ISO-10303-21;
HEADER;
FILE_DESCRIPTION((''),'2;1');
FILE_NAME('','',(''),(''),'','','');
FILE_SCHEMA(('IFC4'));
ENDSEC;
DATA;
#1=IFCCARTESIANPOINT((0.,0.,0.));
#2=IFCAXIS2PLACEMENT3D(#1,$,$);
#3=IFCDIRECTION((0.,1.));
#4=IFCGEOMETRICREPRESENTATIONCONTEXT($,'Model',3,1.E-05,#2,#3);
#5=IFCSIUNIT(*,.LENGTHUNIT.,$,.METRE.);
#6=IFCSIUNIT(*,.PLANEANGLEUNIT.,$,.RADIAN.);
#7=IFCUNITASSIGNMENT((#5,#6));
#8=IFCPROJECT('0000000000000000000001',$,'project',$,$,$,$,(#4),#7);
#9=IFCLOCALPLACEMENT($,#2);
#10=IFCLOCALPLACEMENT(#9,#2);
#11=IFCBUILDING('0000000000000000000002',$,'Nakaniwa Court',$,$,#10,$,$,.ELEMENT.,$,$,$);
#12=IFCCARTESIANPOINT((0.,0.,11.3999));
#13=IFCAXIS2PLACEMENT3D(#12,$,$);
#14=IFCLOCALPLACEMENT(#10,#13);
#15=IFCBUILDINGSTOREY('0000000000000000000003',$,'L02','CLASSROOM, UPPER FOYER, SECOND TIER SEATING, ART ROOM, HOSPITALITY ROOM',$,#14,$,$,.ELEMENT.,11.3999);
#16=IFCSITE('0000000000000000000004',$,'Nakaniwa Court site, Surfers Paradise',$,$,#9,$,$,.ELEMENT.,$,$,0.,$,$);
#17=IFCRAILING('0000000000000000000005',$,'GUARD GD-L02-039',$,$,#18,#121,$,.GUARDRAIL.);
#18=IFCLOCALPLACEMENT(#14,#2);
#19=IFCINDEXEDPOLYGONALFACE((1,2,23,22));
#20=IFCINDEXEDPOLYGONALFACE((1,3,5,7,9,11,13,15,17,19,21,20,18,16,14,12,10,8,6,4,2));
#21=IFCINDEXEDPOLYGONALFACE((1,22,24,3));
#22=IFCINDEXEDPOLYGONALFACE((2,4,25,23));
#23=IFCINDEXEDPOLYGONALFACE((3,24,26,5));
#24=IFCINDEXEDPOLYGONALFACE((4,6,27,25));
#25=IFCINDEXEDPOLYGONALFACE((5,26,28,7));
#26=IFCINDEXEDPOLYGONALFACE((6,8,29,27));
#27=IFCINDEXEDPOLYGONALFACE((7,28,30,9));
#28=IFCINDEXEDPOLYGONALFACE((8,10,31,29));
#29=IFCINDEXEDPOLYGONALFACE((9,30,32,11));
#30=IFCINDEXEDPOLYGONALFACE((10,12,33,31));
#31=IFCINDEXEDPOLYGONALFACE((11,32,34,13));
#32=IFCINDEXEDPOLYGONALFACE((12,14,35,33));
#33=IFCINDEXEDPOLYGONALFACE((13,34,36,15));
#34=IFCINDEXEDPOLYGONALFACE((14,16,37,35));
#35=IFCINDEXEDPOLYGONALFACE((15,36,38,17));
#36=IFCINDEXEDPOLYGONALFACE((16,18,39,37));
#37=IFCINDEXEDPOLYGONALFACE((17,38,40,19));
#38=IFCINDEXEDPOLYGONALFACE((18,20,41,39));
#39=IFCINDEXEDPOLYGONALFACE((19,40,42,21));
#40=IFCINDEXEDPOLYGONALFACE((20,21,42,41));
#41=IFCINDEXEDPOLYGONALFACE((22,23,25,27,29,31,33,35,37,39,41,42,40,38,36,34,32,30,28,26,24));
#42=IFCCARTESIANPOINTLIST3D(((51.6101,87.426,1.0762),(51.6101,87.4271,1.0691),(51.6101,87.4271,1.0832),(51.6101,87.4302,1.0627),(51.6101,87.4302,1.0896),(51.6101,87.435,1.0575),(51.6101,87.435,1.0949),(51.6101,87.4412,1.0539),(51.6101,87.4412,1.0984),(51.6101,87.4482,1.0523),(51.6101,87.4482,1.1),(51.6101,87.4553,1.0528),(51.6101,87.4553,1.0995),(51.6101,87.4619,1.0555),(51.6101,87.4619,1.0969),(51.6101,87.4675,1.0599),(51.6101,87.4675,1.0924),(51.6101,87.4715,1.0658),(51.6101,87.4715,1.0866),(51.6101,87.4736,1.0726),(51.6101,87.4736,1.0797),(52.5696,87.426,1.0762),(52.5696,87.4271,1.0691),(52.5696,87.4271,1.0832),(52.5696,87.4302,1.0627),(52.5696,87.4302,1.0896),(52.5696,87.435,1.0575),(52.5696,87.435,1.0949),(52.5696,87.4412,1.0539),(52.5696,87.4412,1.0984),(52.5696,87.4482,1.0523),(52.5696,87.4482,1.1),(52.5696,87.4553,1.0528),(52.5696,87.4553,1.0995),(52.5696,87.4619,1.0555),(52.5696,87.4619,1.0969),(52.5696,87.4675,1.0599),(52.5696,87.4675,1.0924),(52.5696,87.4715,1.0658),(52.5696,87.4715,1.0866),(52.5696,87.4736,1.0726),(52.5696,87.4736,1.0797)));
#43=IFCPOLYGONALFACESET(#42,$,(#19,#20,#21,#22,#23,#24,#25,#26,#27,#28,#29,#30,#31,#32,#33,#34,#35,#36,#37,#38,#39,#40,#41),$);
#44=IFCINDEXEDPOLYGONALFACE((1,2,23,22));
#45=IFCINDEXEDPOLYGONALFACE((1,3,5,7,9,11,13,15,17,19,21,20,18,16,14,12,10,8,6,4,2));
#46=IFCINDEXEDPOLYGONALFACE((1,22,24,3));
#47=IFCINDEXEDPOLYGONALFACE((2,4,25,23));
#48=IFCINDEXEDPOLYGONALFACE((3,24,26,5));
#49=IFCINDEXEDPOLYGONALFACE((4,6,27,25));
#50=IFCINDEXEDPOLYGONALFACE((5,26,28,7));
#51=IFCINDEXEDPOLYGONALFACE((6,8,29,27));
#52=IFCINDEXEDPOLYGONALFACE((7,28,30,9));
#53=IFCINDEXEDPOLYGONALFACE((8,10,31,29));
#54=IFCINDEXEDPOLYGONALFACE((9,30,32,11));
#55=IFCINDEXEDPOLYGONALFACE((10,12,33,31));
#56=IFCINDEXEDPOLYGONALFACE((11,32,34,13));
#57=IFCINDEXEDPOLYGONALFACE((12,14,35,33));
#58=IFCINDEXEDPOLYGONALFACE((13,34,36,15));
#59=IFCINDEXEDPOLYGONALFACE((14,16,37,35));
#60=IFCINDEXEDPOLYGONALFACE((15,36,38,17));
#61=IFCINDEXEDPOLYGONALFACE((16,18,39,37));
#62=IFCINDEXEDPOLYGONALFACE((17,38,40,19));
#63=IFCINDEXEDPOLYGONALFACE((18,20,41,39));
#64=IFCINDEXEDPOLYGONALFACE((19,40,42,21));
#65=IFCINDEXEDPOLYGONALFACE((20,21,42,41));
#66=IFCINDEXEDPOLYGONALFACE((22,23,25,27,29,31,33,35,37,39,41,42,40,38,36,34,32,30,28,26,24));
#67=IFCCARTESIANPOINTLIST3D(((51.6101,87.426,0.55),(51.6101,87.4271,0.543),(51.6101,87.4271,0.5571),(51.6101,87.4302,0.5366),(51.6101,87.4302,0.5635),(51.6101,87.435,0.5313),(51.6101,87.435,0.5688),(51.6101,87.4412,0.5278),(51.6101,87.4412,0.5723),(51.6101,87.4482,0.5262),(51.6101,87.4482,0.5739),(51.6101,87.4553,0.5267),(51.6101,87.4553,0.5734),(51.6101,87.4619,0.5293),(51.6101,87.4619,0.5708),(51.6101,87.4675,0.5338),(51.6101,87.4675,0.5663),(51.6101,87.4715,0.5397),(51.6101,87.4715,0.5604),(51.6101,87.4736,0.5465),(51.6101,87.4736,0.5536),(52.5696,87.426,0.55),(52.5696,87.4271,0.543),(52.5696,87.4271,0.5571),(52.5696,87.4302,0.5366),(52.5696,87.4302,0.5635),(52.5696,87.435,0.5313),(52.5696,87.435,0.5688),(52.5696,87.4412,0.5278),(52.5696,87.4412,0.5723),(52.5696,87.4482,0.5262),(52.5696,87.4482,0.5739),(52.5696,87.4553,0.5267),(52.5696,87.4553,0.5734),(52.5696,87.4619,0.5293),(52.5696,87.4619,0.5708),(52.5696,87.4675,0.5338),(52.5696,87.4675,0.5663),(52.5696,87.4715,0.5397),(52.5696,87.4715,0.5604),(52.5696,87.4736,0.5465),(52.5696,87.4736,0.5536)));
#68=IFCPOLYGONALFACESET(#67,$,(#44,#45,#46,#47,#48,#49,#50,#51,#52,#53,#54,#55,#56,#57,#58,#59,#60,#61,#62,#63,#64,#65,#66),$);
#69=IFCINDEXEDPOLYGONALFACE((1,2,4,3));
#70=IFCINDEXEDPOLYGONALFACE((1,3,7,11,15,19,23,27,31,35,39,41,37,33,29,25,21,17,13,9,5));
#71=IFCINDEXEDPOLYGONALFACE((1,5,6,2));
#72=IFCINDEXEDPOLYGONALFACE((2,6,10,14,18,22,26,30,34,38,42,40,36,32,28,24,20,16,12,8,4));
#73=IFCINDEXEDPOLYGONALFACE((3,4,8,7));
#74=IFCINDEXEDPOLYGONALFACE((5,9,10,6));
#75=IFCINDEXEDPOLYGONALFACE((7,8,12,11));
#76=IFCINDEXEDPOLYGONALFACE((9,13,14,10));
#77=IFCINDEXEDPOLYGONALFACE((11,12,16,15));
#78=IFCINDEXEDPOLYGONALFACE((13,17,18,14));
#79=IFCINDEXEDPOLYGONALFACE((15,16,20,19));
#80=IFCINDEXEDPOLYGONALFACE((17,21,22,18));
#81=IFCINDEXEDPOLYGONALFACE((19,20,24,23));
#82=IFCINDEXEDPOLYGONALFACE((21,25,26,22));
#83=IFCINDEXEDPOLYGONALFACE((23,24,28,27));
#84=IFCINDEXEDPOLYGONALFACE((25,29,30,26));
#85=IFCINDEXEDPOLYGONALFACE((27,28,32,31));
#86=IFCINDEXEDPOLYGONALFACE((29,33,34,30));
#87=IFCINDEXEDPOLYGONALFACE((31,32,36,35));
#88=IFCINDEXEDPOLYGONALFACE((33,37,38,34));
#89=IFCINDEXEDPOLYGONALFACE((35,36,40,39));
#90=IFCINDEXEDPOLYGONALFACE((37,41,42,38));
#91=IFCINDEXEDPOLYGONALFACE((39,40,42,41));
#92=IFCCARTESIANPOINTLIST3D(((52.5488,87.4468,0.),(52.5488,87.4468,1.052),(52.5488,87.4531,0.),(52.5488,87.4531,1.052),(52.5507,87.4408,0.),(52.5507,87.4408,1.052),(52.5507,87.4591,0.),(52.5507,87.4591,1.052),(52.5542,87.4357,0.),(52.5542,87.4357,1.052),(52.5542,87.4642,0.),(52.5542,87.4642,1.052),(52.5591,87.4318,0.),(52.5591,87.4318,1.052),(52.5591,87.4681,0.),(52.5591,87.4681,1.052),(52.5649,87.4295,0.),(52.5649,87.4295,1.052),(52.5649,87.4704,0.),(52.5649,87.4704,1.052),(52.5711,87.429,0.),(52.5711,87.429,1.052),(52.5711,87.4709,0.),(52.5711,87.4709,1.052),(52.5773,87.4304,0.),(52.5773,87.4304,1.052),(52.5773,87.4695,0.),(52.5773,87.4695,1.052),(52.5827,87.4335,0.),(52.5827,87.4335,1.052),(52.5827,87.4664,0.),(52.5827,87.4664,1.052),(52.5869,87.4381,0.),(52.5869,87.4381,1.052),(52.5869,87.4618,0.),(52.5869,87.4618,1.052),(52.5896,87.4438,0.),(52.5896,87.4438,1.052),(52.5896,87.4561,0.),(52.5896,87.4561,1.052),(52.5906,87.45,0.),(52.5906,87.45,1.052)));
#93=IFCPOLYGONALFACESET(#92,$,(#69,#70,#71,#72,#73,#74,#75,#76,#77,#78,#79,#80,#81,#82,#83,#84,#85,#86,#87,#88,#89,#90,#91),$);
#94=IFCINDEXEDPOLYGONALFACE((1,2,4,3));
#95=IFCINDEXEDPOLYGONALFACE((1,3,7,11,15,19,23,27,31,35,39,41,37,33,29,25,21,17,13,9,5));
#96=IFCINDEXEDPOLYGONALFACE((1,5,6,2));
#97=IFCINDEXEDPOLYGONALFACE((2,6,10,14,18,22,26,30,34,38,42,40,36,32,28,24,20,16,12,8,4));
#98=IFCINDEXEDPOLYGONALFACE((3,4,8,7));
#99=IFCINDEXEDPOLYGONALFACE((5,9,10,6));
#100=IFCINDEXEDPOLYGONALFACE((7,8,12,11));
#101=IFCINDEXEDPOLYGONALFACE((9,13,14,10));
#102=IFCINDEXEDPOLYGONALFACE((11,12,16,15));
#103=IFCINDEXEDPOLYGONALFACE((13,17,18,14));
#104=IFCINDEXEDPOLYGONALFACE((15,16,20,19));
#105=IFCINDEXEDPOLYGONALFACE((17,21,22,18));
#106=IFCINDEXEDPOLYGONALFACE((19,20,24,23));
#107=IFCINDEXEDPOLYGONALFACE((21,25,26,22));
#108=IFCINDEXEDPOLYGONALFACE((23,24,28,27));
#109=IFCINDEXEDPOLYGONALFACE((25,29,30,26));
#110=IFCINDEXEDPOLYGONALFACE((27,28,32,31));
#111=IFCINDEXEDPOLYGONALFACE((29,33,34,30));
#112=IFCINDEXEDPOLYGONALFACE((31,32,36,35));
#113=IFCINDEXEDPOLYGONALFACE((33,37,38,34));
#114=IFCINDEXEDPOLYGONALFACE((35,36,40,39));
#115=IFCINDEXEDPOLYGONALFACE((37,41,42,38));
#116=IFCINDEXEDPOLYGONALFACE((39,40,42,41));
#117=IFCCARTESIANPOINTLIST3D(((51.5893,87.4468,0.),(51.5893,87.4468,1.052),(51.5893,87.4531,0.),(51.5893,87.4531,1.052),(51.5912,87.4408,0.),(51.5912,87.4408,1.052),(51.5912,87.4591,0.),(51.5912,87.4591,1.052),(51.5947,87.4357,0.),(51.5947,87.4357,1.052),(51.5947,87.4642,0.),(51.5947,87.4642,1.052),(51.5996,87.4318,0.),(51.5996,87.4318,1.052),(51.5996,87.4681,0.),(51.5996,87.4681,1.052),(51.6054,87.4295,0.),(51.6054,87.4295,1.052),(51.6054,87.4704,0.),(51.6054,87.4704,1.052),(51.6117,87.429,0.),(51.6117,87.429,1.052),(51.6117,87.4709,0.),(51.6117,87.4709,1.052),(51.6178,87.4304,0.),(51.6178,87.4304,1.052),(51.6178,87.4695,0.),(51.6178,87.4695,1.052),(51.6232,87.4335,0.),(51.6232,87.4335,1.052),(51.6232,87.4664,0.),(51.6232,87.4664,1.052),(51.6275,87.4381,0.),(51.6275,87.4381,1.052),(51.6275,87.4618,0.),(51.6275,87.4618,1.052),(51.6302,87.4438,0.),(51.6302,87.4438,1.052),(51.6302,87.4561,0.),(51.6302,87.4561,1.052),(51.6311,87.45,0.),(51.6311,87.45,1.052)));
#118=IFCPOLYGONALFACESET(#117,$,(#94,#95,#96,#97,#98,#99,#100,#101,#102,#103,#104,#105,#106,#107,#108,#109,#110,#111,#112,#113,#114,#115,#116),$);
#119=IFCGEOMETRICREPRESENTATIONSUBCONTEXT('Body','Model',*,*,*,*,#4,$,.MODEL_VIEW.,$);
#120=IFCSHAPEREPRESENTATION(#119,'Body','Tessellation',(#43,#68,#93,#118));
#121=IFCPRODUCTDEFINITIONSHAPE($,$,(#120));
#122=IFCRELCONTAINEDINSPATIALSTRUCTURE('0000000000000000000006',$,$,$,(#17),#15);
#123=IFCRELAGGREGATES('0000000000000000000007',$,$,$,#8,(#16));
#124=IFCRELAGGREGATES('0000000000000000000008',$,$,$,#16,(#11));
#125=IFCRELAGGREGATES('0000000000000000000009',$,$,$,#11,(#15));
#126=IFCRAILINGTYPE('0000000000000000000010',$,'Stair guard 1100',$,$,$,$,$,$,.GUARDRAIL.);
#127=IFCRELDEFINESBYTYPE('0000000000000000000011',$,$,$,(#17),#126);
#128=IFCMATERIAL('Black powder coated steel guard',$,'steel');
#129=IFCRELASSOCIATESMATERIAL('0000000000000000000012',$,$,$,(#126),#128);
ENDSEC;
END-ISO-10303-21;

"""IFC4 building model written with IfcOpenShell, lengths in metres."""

from ifc_helpers import new_model, si_unit, direction, frame, origin, origin_2d, place, context, subcontext, project, spatial, circle, extrude, material, type_object, element, save


model = new_model("IFC4")

# Units and contexts
model_context = context("Model", 3, precision=1e-05, world=origin(), true_north=direction((0.0, 1.0)))
body_context = subcontext(model_context, "Body", "Model", "MODEL_VIEW")
ifc_project = project(units=[si_unit("LENGTHUNIT", "METRE"), si_unit("PLANEANGLEUNIT", "RADIAN")], contexts=[model_context])

# Site, building, storey
site_placement = place(None, origin())
site = spatial("IfcSite", under=ifc_project, at=site_placement, Name="Nakaniwa Court site, Surfers Paradise", CompositionType="ELEMENT", RefElevation=0.0)
building_placement = place(site_placement, origin())
building = spatial("IfcBuilding", under=site, at=building_placement, Name="Nakaniwa Court", CompositionType="ELEMENT")
storey_placement = place(building_placement, frame((0.0, 0.0, 11.3999)))
storey = spatial("IfcBuildingStorey", under=building, at=storey_placement, Name="L02", Description="CLASSROOM, UPPER FOYER, SECOND TIER SEATING, ART ROOM, HOSPITALITY ROOM", CompositionType="ELEMENT", Elevation=11.3999)

# Railing
ifc_material_1 = material(Name="Black powder coated steel guard", Category="steel")
railing_type_1 = type_object("IfcRailingType", Name="Stair guard 1100", PredefinedType="GUARDRAIL", material=ifc_material_1)
railing_1_placement = place(storey_placement, frame((52.5696, 87.45, 0.0)))
element("IfcRailing", 1, at=railing_1_placement, inside=storey, type_object=railing_type_1, Name="GUARD GD-L02-039", PredefinedType="GUARDRAIL", context=body_context, shape_type="SweptSolid", body=[
    extrude(circle(Radius=0.0239, at=origin_2d()), frame((0.0, 0.0, 1.0762), z_axis=(-1.0, 0.0, 0.0), x_axis=(0.0, -1.0, 0.0)), (0.0, 0.0, 1.0), 0.9595),
    extrude(circle(Radius=0.0239, at=origin_2d()), frame((0.0, 0.0, 0.55), z_axis=(-1.0, 0.0, 0.0), x_axis=(0.0, -1.0, 0.0)), (0.0, 0.0, 1.0), 0.9595),
    extrude(circle(Radius=0.021, at=origin_2d()), origin(), (0.0, 0.0, 1.0), 1.052),
    extrude(circle(Radius=0.021, at=origin_2d()), frame((-0.9595, 0.0, 0.0)), (0.0, 0.0, 1.0), 1.052),
])

save(model, "model.ifc")
